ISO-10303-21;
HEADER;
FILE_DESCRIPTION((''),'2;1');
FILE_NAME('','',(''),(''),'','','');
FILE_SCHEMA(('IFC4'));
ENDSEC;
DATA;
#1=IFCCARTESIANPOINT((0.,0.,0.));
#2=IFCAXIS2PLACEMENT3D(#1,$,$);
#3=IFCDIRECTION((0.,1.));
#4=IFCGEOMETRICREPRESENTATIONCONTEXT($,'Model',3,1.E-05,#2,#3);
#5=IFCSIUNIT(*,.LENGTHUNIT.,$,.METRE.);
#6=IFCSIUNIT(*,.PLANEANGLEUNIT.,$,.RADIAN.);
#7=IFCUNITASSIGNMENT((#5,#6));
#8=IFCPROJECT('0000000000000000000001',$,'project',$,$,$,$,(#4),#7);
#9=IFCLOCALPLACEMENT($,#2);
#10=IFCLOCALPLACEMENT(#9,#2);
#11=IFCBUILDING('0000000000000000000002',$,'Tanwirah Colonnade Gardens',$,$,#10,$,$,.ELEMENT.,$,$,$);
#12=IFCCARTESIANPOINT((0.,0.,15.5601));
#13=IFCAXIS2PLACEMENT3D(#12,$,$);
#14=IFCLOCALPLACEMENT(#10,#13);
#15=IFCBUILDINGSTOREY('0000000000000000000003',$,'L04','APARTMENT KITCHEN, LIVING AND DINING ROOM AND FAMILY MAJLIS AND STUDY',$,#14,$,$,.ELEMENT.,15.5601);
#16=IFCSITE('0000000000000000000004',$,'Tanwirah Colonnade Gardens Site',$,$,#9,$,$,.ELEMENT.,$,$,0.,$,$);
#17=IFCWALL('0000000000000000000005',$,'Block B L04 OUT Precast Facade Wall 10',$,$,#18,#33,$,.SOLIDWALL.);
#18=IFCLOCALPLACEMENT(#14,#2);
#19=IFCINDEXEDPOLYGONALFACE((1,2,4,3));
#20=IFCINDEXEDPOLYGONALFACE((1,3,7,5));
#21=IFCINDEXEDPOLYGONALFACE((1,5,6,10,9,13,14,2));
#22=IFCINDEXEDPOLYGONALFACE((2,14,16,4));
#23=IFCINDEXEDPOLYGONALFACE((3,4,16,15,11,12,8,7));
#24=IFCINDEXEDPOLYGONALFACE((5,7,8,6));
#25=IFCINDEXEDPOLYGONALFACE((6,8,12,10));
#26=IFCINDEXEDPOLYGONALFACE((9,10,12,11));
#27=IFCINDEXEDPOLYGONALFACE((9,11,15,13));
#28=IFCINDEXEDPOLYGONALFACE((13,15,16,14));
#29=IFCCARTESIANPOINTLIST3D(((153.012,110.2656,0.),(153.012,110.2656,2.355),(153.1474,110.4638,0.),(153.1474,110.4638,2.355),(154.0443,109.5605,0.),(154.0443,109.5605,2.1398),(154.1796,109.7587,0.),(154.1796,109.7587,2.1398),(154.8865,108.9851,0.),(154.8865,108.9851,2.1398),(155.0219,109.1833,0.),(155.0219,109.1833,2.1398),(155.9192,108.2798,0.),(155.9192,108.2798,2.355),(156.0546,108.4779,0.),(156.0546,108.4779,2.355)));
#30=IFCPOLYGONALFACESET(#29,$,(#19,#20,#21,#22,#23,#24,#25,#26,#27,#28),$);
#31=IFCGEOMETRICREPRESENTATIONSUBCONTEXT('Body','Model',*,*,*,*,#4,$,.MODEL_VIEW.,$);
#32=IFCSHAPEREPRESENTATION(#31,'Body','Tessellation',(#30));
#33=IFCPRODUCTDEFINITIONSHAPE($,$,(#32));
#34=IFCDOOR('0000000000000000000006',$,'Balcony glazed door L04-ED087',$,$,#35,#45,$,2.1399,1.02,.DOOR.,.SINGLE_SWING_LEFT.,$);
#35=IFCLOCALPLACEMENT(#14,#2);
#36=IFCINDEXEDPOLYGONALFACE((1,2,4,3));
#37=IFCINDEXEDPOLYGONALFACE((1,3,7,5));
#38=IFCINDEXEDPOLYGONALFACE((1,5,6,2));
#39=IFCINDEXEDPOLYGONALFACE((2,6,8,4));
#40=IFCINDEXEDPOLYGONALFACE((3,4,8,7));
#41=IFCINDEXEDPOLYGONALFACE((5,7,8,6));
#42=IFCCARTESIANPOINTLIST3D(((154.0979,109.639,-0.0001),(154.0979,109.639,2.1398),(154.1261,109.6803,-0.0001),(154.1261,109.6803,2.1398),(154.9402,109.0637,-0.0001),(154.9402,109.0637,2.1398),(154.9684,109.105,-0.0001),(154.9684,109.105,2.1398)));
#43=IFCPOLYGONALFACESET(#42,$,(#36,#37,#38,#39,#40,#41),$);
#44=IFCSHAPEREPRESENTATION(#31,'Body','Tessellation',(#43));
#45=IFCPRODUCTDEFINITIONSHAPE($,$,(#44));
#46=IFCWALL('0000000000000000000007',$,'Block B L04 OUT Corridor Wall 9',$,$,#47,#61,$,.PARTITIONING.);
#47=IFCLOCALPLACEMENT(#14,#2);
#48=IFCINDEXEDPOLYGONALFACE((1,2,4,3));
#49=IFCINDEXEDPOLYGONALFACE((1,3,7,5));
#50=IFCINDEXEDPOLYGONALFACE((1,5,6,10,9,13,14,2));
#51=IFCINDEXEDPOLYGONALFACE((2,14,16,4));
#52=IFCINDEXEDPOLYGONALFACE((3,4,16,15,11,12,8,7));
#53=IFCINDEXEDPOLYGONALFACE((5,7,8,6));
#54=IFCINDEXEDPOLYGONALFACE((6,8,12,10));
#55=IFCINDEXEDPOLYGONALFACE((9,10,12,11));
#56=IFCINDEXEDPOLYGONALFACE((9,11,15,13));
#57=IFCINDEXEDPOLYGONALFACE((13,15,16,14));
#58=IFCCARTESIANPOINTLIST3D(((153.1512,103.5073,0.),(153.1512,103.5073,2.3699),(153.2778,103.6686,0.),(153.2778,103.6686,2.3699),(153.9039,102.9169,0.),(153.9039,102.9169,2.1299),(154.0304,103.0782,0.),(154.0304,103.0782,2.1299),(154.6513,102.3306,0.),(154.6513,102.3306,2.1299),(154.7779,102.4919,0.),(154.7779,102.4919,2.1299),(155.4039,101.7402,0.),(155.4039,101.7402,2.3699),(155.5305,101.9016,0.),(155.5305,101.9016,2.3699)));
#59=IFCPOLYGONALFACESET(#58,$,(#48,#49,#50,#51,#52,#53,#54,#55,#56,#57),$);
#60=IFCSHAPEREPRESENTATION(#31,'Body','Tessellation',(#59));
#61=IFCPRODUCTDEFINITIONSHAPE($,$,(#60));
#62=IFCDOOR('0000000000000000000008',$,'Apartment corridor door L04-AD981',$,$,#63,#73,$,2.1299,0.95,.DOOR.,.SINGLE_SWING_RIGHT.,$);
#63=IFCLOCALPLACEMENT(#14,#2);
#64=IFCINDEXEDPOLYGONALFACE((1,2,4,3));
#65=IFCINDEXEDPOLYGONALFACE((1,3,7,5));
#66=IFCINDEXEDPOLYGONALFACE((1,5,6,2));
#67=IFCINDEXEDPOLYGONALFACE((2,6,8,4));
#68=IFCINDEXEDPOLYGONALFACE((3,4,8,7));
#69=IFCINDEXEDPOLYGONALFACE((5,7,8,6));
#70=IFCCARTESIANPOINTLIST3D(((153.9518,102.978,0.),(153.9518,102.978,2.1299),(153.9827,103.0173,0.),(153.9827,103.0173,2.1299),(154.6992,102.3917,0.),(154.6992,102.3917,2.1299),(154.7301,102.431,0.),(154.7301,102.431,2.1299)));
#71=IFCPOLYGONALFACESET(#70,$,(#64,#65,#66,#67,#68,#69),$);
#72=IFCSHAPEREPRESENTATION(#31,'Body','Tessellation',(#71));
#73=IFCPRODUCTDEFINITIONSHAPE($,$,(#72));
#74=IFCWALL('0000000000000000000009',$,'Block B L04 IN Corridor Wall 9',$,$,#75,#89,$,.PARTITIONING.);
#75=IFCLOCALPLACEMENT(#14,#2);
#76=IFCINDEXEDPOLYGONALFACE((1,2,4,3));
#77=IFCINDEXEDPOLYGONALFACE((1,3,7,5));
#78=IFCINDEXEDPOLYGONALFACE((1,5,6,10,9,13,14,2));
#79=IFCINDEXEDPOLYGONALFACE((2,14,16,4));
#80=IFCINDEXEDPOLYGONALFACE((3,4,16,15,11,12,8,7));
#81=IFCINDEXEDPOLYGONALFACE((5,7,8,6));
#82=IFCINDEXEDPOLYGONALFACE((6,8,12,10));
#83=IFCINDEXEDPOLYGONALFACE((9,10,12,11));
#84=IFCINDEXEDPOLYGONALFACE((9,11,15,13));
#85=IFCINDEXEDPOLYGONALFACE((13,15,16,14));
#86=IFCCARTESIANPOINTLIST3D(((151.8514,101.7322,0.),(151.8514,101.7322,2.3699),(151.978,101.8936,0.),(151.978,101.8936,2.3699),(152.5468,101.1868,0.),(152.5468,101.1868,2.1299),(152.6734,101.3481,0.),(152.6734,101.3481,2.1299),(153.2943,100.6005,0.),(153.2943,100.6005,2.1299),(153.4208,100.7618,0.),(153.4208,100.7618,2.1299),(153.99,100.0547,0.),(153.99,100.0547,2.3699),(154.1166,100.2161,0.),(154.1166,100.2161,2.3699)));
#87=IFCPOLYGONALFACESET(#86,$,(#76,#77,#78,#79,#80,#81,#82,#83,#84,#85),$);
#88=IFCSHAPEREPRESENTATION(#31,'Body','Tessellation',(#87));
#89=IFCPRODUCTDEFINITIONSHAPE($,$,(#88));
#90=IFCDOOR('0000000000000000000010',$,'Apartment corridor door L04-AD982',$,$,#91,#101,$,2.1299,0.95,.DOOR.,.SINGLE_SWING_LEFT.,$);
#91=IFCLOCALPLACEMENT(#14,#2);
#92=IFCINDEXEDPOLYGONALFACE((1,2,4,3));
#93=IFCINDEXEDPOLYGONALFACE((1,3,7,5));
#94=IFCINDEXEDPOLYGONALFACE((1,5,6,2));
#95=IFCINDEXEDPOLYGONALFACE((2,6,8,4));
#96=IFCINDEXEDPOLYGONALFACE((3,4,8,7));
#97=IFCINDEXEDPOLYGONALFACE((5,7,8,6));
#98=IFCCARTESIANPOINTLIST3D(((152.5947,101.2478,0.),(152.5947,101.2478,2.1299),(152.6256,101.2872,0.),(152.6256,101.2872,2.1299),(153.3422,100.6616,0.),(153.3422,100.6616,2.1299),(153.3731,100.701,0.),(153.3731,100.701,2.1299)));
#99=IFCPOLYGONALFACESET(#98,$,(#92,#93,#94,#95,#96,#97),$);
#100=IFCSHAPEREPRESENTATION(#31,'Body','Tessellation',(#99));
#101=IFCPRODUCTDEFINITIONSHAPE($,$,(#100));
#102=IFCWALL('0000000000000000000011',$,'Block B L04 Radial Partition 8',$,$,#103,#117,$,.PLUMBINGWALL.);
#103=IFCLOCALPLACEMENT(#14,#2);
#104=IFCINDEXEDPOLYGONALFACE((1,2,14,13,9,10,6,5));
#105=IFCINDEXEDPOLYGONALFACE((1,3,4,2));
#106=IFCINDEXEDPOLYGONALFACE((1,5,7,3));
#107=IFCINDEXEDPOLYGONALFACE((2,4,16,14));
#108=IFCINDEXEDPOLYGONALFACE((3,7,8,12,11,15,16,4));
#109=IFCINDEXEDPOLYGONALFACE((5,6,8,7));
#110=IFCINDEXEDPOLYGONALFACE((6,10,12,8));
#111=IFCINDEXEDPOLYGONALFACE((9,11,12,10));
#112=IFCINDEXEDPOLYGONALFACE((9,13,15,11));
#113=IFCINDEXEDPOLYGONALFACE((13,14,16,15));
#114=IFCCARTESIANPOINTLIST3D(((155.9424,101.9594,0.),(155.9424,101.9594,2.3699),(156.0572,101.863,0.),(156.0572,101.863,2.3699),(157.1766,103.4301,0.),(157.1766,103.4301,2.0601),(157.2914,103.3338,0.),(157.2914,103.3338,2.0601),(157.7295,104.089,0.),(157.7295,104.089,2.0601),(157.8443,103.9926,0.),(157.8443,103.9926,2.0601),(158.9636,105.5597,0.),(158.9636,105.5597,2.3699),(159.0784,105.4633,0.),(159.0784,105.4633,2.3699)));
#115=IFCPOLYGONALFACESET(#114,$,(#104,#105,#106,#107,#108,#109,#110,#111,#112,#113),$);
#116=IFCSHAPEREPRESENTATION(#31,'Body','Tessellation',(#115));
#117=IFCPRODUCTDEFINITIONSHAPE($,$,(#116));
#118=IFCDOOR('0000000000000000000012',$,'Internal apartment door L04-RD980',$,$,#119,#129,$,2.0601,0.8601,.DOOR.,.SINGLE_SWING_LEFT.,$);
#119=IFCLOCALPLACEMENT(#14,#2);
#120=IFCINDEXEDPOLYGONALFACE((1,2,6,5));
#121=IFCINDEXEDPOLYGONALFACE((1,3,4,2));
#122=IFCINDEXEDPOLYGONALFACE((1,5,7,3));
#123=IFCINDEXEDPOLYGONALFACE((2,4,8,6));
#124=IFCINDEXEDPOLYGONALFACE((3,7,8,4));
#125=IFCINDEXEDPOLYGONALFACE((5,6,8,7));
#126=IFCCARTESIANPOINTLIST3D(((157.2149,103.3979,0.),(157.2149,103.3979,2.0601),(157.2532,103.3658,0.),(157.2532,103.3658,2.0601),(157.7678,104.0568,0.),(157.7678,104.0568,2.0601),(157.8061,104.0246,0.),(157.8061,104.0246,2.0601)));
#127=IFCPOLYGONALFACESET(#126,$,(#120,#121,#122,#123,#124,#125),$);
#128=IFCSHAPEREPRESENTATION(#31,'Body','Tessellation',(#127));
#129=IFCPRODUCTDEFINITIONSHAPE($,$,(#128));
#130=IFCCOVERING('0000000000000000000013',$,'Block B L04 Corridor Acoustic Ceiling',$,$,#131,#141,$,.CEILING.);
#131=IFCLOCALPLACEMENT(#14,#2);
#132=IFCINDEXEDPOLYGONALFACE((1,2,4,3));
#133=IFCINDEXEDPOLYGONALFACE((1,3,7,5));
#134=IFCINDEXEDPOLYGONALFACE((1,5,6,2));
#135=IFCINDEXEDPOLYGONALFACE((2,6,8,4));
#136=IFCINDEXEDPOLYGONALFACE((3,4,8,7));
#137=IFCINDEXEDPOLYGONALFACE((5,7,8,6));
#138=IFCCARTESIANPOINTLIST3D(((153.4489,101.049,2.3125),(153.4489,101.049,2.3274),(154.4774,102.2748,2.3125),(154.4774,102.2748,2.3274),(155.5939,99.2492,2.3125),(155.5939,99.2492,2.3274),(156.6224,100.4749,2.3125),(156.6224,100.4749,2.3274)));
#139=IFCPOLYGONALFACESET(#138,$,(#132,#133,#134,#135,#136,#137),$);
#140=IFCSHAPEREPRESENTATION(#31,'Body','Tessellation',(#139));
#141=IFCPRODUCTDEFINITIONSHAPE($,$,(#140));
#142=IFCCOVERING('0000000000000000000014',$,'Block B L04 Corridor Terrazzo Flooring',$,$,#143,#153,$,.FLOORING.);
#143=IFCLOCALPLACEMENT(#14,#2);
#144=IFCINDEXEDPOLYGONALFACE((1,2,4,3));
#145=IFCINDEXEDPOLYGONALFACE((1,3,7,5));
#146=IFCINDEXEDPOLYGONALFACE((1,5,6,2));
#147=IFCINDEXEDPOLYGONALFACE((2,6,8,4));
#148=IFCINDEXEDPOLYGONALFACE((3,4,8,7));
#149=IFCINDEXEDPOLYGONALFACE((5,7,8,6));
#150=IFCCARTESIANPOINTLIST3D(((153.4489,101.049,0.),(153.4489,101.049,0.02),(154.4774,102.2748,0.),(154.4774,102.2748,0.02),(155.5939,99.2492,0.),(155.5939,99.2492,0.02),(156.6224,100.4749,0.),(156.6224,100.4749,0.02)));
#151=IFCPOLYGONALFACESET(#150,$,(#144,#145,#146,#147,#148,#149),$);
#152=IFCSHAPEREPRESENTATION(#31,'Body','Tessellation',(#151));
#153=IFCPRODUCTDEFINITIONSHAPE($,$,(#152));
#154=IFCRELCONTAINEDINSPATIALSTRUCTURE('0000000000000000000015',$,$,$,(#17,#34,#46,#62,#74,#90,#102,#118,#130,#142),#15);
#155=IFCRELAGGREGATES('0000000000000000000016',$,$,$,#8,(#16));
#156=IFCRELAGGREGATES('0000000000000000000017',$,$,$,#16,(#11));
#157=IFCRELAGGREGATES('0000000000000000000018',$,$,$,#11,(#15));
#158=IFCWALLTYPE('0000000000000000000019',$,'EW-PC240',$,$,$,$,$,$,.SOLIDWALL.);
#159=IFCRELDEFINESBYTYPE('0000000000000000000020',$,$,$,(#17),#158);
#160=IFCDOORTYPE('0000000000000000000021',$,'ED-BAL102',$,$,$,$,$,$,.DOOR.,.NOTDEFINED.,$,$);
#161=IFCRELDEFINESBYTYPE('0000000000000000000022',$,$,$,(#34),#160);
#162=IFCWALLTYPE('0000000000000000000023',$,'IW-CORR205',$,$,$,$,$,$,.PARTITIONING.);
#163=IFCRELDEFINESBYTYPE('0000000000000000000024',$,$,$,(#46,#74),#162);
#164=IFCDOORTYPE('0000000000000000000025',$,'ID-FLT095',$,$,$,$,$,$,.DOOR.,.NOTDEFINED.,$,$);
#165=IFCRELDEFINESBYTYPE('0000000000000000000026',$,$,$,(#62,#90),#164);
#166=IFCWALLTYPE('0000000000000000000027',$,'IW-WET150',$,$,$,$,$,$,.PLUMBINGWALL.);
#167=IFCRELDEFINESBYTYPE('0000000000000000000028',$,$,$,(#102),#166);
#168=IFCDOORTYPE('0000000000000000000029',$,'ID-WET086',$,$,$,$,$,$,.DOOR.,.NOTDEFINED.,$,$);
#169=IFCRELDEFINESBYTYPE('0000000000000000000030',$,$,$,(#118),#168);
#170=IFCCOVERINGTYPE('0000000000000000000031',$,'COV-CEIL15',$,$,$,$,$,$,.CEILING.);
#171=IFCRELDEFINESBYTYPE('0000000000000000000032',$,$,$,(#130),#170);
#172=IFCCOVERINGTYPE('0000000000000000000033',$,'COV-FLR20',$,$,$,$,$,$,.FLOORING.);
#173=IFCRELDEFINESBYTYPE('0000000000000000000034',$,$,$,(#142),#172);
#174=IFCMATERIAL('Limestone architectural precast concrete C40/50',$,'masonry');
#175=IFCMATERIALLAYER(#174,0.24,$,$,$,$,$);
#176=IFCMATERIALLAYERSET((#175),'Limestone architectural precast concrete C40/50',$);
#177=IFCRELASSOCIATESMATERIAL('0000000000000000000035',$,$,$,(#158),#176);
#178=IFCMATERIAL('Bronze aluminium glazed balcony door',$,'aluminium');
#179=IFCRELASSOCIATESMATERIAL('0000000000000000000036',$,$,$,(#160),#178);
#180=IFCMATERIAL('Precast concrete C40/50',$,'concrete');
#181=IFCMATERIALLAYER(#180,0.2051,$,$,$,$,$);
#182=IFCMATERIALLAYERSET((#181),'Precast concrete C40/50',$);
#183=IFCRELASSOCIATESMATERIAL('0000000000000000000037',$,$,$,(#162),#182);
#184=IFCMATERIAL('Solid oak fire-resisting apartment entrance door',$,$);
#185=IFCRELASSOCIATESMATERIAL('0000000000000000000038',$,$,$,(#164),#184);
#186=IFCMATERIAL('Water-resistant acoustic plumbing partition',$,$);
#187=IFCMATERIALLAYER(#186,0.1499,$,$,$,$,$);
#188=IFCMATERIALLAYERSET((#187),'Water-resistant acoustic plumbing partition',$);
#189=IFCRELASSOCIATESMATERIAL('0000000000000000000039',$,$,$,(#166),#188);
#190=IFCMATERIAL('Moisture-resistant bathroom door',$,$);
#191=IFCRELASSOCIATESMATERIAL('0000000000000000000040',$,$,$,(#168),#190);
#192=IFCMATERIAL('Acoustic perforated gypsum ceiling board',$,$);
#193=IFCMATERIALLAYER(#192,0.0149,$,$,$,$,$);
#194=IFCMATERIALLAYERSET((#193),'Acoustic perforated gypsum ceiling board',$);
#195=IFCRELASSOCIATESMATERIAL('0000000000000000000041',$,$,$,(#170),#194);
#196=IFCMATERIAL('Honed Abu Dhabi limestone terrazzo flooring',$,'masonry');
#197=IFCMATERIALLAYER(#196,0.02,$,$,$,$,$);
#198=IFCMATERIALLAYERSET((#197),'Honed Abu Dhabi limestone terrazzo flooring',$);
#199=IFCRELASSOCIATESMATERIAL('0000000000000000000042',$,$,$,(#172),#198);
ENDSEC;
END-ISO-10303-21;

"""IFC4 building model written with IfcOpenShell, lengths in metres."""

from ifc_helpers import new_model, si_unit, direction, frame, frame_2d, origin, origin_2d, place, context, subcontext, project, spatial, rectangle, extrude, material, layer, layer_set, type_object, element, fill, save


model = new_model("IFC4")

# Units and contexts
model_context = context("Model", 3, precision=1e-05, world=origin(), true_north=direction((0.0, 1.0)))
body_context = subcontext(model_context, "Body", "Model", "MODEL_VIEW")
ifc_project = project(units=[si_unit("LENGTHUNIT", "METRE"), si_unit("PLANEANGLEUNIT", "RADIAN")], contexts=[model_context])

# Site, building, storey
site_placement = place(None, origin())
site = spatial("IfcSite", under=ifc_project, at=site_placement, Name="Tanwirah Colonnade Gardens Site", CompositionType="ELEMENT", RefElevation=0.0)
building_placement = place(site_placement, origin())
building = spatial("IfcBuilding", under=site, at=building_placement, Name="Tanwirah Colonnade Gardens", CompositionType="ELEMENT")
storey_placement = place(building_placement, frame((0.0, 0.0, 15.5601)))
storey = spatial("IfcBuildingStorey", under=building, at=storey_placement, Name="L04", Description="APARTMENT KITCHEN, LIVING AND DINING ROOM AND FAMILY MAJLIS AND STUDY", CompositionType="ELEMENT", Elevation=15.5601)

# Shared definitions
ifc_material_1 = material(Name="Precast concrete C40/50", Category="concrete")

# Walls, openings, doors
ifc_material_2 = material(Name="Limestone architectural precast concrete C40/50", Category="masonry")
ifc_layer_1 = layer(ifc_material_2, 0.24)
ifc_layer_set_1 = layer_set([ifc_layer_1], Name="Limestone architectural precast concrete C40/50")
wall_type_1 = type_object("IfcWallType", Name="EW-PC240", PredefinedType="SOLIDWALL", material=ifc_layer_set_1)
wall_1_placement = place(storey_placement, frame((155.9868, 108.3789, 0.0), z_axis=(0.0, 0.0, 1.0), x_axis=(-0.825746, 0.564042, 0.0)))
wall_1 = element("IfcWall", 1, at=wall_1_placement, inside=storey, type_object=wall_type_1, Name="Block B L04 OUT Precast Facade Wall 10", PredefinedType="SOLIDWALL", context=body_context, shape_type="SweptSolid", body=[
    extrude(rectangle(XDim=3.5208, YDim=0.24, at=frame_2d((1.7603, 0.0))), origin(), (0.0, 0.0, 1.0), 2.355),
])
opening_1_placement = place(wall_1_placement, frame((1.2505, 0.0, 0.0)))
opening_1 = element("IfcOpeningElement", 2, at=opening_1_placement, cuts=wall_1, PredefinedType="OPENING", context=body_context, shape_type="SweptSolid", body=[
    extrude(rectangle(XDim=1.02, YDim=2.1399, at=frame_2d((0.51, 1.0698))), frame((0.0, 0.1299, 0.0), z_axis=(0.0, -1.0, 0.0), x_axis=(1.0, 0.0, 0.0)), (0.0, 0.0, 1.0), 0.26),
])
ifc_material_3 = material(Name="Bronze aluminium glazed balcony door", Category="aluminium")
door_type_1 = type_object("IfcDoorType", Name="ED-BAL102", OperationType="NOTDEFINED", PredefinedType="DOOR", material=ifc_material_3)
door_1_placement = place(opening_1_placement, origin())
door_1 = element("IfcDoor", 3, at=door_1_placement, inside=storey, type_object=door_type_1, Name="Balcony glazed door L04-ED087", OperationType="SINGLE_SWING_LEFT", OverallHeight=2.1399, OverallWidth=1.02, PredefinedType="DOOR", context=body_context, shape_type="SweptSolid", body=[
    extrude(rectangle(XDim=1.02, YDim=2.1399, at=frame_2d((0.51, 1.0698))), frame((0.0, 0.0249, 0.0), z_axis=(0.0, -1.0, 0.0), x_axis=(1.0, 0.0, 0.0)), (0.0, 0.0, 1.0), 0.05),
])
fill(opening_1, door_1)
ifc_layer_2 = layer(ifc_material_1, 0.2051)
ifc_layer_set_2 = layer_set([ifc_layer_2], Name="Precast concrete C40/50")
wall_type_2 = type_object("IfcWallType", Name="IW-CORR205", PredefinedType="PARTITIONING", material=ifc_layer_set_2)
ifc_material_4 = material(Name="Solid oak fire-resisting apartment entrance door")
wall_2_placement = place(storey_placement, frame((155.4673, 101.8208, 0.0), z_axis=(0.0, 0.0, 1.0), x_axis=(-0.786806, 0.6172, 0.0)))
wall_2 = element("IfcWall", 4, at=wall_2_placement, inside=storey, type_object=wall_type_2, Name="Block B L04 OUT Corridor Wall 9", PredefinedType="PARTITIONING", context=body_context, shape_type="SweptSolid", body=[
    extrude(rectangle(XDim=2.863, YDim=0.2051, at=frame_2d((1.4316, 0.0))), origin(), (0.0, 0.0, 1.0), 2.3699),
])
opening_2_placement = place(wall_2_placement, frame((0.9565, 0.0, 0.0)))
opening_2 = element("IfcOpeningElement", 5, at=opening_2_placement, cuts=wall_2, PredefinedType="OPENING", context=body_context, shape_type="SweptSolid", body=[
    extrude(rectangle(XDim=0.95, YDim=2.1299, at=frame_2d((0.4751, 1.0649))), frame((0.0, 0.1125, 0.0), z_axis=(0.0, -1.0, 0.0), x_axis=(1.0, 0.0, 0.0)), (0.0, 0.0, 1.0), 0.2251),
])
door_type_2 = type_object("IfcDoorType", Name="ID-FLT095", OperationType="NOTDEFINED", PredefinedType="DOOR", material=ifc_material_4)
door_2_placement = place(opening_2_placement, origin())
door_2 = element("IfcDoor", 6, at=door_2_placement, inside=storey, type_object=door_type_2, Name="Apartment corridor door L04-AD981", OperationType="SINGLE_SWING_RIGHT", OverallHeight=2.1299, OverallWidth=0.95, PredefinedType="DOOR", context=body_context, shape_type="SweptSolid", body=[
    extrude(rectangle(XDim=0.95, YDim=2.1299, at=frame_2d((0.4751, 1.0649))), frame((0.0, 0.0249, 0.0), z_axis=(0.0, -1.0, 0.0), x_axis=(1.0, 0.0, 0.0)), (0.0, 0.0, 1.0), 0.05),
])
fill(opening_2, door_2)
wall_3_placement = place(storey_placement, frame((154.0532, 100.1355, 0.0), z_axis=(0.0, 0.0, 1.0), x_axis=(-0.786835, 0.617163, 0.0)))
wall_3 = element("IfcWall", 7, at=wall_3_placement, inside=storey, type_object=wall_type_2, Name="Block B L04 IN Corridor Wall 9", PredefinedType="PARTITIONING", context=body_context, shape_type="SweptSolid", body=[
    extrude(rectangle(XDim=2.718, YDim=0.2051, at=frame_2d((1.3589, 0.0))), origin(), (0.0, 0.0, 1.0), 2.3699),
])
opening_3_placement = place(wall_3_placement, frame((0.884, 0.0, 0.0)))
opening_3 = element("IfcOpeningElement", 8, at=opening_3_placement, cuts=wall_3, PredefinedType="OPENING", context=body_context, shape_type="SweptSolid", body=[
    extrude(rectangle(XDim=0.95, YDim=2.1299, at=frame_2d((0.4751, 1.0649))), frame((0.0, 0.1125, 0.0), z_axis=(0.0, -1.0, 0.0), x_axis=(1.0, 0.0, 0.0)), (0.0, 0.0, 1.0), 0.2251),
])
door_3_placement = place(opening_3_placement, origin())
door_3 = element("IfcDoor", 9, at=door_3_placement, inside=storey, type_object=door_type_2, Name="Apartment corridor door L04-AD982", OperationType="SINGLE_SWING_LEFT", OverallHeight=2.1299, OverallWidth=0.95, PredefinedType="DOOR", context=body_context, shape_type="SweptSolid", body=[
    extrude(rectangle(XDim=0.95, YDim=2.1299, at=frame_2d((0.4751, 1.0649))), frame((0.0, 0.0249, 0.0), z_axis=(0.0, -1.0, 0.0), x_axis=(1.0, 0.0, 0.0)), (0.0, 0.0, 1.0), 0.05),
])
fill(opening_3, door_3)
ifc_material_5 = material(Name="Water-resistant acoustic plumbing partition")
ifc_layer_3 = layer(ifc_material_5, 0.1499)
ifc_layer_set_3 = layer_set([ifc_layer_3], Name="Water-resistant acoustic plumbing partition")
wall_type_3 = type_object("IfcWallType", Name="IW-WET150", PredefinedType="PLUMBINGWALL", material=ifc_layer_set_3)
wall_4_placement = place(storey_placement, frame((155.9998, 101.9111, 0.0), z_axis=(0.0, 0.0, 1.0), x_axis=(0.642812, 0.766024, 0.0)))
wall_4 = element("IfcWall", 10, at=wall_4_placement, inside=storey, type_object=wall_type_3, Name="Block B L04 Radial Partition 8", PredefinedType="PLUMBINGWALL", context=body_context, shape_type="SweptSolid", body=[
    extrude(rectangle(XDim=4.7, YDim=0.1499, at=frame_2d((2.3501, 0.0))), origin(), (0.0, 0.0, 1.0), 2.3699),
])
opening_4_placement = place(wall_4_placement, frame((1.9199, 0.0, 0.0)))
opening_4 = element("IfcOpeningElement", 11, at=opening_4_placement, cuts=wall_4, PredefinedType="OPENING", context=body_context, shape_type="SweptSolid", body=[
    extrude(rectangle(XDim=0.8601, YDim=2.0601, at=frame_2d((0.4302, 1.03))), frame((0.0, 0.085, 0.0), z_axis=(0.0, -1.0, 0.0), x_axis=(1.0, 0.0, 0.0)), (0.0, 0.0, 1.0), 0.1699),
])
ifc_material_6 = material(Name="Moisture-resistant bathroom door")
door_type_3 = type_object("IfcDoorType", Name="ID-WET086", OperationType="NOTDEFINED", PredefinedType="DOOR", material=ifc_material_6)
door_4_placement = place(opening_4_placement, origin())
door_4 = element("IfcDoor", 12, at=door_4_placement, inside=storey, type_object=door_type_3, Name="Internal apartment door L04-RD980", OperationType="SINGLE_SWING_LEFT", OverallHeight=2.0601, OverallWidth=0.8601, PredefinedType="DOOR", context=body_context, shape_type="SweptSolid", body=[
    extrude(rectangle(XDim=0.8601, YDim=2.0601, at=frame_2d((0.4302, 1.03))), frame((0.0, 0.0249, 0.0), z_axis=(0.0, -1.0, 0.0), x_axis=(1.0, 0.0, 0.0)), (0.0, 0.0, 1.0), 0.05),
])
fill(opening_4, door_4)

# Coverings
ifc_material_7 = material(Name="Acoustic perforated gypsum ceiling board")
ifc_layer_4 = layer(ifc_material_7, 0.0149)
ifc_layer_set_4 = layer_set([ifc_layer_4], Name="Acoustic perforated gypsum ceiling board")
covering_type_1 = type_object("IfcCoveringType", Name="COV-CEIL15", PredefinedType="CEILING", material=ifc_layer_set_4)
covering_1_placement = place(storey_placement, frame((155.0356, 100.762, 2.3125), z_axis=(0.0, 0.0, 1.0), x_axis=(-0.766044, 0.642788, 0.0)))
element("IfcCovering", 13, at=covering_1_placement, inside=storey, type_object=covering_type_1, Name="Block B L04 Corridor Acoustic Ceiling", PredefinedType="CEILING", context=body_context, shape_type="SweptSolid", body=[
    extrude(rectangle(XDim=2.8, YDim=1.6001, at=origin_2d()), origin(), (0.0, 0.0, 1.0), 0.0149),
])
ifc_material_8 = material(Name="Honed Abu Dhabi limestone terrazzo flooring", Category="masonry")
ifc_layer_5 = layer(ifc_material_8, 0.02)
ifc_layer_set_5 = layer_set([ifc_layer_5], Name="Honed Abu Dhabi limestone terrazzo flooring")
covering_type_2 = type_object("IfcCoveringType", Name="COV-FLR20", PredefinedType="FLOORING", material=ifc_layer_set_5)
covering_2_placement = place(storey_placement, frame((155.0356, 100.762, 0.0), z_axis=(0.0, 0.0, 1.0), x_axis=(-0.766044, 0.642788, 0.0)))
element("IfcCovering", 14, at=covering_2_placement, inside=storey, type_object=covering_type_2, Name="Block B L04 Corridor Terrazzo Flooring", PredefinedType="FLOORING", context=body_context, shape_type="SweptSolid", body=[
    extrude(rectangle(XDim=2.8, YDim=1.6001, at=origin_2d()), origin(), (0.0, 0.0, 1.0), 0.02),
])

save(model, "model.ifc")
